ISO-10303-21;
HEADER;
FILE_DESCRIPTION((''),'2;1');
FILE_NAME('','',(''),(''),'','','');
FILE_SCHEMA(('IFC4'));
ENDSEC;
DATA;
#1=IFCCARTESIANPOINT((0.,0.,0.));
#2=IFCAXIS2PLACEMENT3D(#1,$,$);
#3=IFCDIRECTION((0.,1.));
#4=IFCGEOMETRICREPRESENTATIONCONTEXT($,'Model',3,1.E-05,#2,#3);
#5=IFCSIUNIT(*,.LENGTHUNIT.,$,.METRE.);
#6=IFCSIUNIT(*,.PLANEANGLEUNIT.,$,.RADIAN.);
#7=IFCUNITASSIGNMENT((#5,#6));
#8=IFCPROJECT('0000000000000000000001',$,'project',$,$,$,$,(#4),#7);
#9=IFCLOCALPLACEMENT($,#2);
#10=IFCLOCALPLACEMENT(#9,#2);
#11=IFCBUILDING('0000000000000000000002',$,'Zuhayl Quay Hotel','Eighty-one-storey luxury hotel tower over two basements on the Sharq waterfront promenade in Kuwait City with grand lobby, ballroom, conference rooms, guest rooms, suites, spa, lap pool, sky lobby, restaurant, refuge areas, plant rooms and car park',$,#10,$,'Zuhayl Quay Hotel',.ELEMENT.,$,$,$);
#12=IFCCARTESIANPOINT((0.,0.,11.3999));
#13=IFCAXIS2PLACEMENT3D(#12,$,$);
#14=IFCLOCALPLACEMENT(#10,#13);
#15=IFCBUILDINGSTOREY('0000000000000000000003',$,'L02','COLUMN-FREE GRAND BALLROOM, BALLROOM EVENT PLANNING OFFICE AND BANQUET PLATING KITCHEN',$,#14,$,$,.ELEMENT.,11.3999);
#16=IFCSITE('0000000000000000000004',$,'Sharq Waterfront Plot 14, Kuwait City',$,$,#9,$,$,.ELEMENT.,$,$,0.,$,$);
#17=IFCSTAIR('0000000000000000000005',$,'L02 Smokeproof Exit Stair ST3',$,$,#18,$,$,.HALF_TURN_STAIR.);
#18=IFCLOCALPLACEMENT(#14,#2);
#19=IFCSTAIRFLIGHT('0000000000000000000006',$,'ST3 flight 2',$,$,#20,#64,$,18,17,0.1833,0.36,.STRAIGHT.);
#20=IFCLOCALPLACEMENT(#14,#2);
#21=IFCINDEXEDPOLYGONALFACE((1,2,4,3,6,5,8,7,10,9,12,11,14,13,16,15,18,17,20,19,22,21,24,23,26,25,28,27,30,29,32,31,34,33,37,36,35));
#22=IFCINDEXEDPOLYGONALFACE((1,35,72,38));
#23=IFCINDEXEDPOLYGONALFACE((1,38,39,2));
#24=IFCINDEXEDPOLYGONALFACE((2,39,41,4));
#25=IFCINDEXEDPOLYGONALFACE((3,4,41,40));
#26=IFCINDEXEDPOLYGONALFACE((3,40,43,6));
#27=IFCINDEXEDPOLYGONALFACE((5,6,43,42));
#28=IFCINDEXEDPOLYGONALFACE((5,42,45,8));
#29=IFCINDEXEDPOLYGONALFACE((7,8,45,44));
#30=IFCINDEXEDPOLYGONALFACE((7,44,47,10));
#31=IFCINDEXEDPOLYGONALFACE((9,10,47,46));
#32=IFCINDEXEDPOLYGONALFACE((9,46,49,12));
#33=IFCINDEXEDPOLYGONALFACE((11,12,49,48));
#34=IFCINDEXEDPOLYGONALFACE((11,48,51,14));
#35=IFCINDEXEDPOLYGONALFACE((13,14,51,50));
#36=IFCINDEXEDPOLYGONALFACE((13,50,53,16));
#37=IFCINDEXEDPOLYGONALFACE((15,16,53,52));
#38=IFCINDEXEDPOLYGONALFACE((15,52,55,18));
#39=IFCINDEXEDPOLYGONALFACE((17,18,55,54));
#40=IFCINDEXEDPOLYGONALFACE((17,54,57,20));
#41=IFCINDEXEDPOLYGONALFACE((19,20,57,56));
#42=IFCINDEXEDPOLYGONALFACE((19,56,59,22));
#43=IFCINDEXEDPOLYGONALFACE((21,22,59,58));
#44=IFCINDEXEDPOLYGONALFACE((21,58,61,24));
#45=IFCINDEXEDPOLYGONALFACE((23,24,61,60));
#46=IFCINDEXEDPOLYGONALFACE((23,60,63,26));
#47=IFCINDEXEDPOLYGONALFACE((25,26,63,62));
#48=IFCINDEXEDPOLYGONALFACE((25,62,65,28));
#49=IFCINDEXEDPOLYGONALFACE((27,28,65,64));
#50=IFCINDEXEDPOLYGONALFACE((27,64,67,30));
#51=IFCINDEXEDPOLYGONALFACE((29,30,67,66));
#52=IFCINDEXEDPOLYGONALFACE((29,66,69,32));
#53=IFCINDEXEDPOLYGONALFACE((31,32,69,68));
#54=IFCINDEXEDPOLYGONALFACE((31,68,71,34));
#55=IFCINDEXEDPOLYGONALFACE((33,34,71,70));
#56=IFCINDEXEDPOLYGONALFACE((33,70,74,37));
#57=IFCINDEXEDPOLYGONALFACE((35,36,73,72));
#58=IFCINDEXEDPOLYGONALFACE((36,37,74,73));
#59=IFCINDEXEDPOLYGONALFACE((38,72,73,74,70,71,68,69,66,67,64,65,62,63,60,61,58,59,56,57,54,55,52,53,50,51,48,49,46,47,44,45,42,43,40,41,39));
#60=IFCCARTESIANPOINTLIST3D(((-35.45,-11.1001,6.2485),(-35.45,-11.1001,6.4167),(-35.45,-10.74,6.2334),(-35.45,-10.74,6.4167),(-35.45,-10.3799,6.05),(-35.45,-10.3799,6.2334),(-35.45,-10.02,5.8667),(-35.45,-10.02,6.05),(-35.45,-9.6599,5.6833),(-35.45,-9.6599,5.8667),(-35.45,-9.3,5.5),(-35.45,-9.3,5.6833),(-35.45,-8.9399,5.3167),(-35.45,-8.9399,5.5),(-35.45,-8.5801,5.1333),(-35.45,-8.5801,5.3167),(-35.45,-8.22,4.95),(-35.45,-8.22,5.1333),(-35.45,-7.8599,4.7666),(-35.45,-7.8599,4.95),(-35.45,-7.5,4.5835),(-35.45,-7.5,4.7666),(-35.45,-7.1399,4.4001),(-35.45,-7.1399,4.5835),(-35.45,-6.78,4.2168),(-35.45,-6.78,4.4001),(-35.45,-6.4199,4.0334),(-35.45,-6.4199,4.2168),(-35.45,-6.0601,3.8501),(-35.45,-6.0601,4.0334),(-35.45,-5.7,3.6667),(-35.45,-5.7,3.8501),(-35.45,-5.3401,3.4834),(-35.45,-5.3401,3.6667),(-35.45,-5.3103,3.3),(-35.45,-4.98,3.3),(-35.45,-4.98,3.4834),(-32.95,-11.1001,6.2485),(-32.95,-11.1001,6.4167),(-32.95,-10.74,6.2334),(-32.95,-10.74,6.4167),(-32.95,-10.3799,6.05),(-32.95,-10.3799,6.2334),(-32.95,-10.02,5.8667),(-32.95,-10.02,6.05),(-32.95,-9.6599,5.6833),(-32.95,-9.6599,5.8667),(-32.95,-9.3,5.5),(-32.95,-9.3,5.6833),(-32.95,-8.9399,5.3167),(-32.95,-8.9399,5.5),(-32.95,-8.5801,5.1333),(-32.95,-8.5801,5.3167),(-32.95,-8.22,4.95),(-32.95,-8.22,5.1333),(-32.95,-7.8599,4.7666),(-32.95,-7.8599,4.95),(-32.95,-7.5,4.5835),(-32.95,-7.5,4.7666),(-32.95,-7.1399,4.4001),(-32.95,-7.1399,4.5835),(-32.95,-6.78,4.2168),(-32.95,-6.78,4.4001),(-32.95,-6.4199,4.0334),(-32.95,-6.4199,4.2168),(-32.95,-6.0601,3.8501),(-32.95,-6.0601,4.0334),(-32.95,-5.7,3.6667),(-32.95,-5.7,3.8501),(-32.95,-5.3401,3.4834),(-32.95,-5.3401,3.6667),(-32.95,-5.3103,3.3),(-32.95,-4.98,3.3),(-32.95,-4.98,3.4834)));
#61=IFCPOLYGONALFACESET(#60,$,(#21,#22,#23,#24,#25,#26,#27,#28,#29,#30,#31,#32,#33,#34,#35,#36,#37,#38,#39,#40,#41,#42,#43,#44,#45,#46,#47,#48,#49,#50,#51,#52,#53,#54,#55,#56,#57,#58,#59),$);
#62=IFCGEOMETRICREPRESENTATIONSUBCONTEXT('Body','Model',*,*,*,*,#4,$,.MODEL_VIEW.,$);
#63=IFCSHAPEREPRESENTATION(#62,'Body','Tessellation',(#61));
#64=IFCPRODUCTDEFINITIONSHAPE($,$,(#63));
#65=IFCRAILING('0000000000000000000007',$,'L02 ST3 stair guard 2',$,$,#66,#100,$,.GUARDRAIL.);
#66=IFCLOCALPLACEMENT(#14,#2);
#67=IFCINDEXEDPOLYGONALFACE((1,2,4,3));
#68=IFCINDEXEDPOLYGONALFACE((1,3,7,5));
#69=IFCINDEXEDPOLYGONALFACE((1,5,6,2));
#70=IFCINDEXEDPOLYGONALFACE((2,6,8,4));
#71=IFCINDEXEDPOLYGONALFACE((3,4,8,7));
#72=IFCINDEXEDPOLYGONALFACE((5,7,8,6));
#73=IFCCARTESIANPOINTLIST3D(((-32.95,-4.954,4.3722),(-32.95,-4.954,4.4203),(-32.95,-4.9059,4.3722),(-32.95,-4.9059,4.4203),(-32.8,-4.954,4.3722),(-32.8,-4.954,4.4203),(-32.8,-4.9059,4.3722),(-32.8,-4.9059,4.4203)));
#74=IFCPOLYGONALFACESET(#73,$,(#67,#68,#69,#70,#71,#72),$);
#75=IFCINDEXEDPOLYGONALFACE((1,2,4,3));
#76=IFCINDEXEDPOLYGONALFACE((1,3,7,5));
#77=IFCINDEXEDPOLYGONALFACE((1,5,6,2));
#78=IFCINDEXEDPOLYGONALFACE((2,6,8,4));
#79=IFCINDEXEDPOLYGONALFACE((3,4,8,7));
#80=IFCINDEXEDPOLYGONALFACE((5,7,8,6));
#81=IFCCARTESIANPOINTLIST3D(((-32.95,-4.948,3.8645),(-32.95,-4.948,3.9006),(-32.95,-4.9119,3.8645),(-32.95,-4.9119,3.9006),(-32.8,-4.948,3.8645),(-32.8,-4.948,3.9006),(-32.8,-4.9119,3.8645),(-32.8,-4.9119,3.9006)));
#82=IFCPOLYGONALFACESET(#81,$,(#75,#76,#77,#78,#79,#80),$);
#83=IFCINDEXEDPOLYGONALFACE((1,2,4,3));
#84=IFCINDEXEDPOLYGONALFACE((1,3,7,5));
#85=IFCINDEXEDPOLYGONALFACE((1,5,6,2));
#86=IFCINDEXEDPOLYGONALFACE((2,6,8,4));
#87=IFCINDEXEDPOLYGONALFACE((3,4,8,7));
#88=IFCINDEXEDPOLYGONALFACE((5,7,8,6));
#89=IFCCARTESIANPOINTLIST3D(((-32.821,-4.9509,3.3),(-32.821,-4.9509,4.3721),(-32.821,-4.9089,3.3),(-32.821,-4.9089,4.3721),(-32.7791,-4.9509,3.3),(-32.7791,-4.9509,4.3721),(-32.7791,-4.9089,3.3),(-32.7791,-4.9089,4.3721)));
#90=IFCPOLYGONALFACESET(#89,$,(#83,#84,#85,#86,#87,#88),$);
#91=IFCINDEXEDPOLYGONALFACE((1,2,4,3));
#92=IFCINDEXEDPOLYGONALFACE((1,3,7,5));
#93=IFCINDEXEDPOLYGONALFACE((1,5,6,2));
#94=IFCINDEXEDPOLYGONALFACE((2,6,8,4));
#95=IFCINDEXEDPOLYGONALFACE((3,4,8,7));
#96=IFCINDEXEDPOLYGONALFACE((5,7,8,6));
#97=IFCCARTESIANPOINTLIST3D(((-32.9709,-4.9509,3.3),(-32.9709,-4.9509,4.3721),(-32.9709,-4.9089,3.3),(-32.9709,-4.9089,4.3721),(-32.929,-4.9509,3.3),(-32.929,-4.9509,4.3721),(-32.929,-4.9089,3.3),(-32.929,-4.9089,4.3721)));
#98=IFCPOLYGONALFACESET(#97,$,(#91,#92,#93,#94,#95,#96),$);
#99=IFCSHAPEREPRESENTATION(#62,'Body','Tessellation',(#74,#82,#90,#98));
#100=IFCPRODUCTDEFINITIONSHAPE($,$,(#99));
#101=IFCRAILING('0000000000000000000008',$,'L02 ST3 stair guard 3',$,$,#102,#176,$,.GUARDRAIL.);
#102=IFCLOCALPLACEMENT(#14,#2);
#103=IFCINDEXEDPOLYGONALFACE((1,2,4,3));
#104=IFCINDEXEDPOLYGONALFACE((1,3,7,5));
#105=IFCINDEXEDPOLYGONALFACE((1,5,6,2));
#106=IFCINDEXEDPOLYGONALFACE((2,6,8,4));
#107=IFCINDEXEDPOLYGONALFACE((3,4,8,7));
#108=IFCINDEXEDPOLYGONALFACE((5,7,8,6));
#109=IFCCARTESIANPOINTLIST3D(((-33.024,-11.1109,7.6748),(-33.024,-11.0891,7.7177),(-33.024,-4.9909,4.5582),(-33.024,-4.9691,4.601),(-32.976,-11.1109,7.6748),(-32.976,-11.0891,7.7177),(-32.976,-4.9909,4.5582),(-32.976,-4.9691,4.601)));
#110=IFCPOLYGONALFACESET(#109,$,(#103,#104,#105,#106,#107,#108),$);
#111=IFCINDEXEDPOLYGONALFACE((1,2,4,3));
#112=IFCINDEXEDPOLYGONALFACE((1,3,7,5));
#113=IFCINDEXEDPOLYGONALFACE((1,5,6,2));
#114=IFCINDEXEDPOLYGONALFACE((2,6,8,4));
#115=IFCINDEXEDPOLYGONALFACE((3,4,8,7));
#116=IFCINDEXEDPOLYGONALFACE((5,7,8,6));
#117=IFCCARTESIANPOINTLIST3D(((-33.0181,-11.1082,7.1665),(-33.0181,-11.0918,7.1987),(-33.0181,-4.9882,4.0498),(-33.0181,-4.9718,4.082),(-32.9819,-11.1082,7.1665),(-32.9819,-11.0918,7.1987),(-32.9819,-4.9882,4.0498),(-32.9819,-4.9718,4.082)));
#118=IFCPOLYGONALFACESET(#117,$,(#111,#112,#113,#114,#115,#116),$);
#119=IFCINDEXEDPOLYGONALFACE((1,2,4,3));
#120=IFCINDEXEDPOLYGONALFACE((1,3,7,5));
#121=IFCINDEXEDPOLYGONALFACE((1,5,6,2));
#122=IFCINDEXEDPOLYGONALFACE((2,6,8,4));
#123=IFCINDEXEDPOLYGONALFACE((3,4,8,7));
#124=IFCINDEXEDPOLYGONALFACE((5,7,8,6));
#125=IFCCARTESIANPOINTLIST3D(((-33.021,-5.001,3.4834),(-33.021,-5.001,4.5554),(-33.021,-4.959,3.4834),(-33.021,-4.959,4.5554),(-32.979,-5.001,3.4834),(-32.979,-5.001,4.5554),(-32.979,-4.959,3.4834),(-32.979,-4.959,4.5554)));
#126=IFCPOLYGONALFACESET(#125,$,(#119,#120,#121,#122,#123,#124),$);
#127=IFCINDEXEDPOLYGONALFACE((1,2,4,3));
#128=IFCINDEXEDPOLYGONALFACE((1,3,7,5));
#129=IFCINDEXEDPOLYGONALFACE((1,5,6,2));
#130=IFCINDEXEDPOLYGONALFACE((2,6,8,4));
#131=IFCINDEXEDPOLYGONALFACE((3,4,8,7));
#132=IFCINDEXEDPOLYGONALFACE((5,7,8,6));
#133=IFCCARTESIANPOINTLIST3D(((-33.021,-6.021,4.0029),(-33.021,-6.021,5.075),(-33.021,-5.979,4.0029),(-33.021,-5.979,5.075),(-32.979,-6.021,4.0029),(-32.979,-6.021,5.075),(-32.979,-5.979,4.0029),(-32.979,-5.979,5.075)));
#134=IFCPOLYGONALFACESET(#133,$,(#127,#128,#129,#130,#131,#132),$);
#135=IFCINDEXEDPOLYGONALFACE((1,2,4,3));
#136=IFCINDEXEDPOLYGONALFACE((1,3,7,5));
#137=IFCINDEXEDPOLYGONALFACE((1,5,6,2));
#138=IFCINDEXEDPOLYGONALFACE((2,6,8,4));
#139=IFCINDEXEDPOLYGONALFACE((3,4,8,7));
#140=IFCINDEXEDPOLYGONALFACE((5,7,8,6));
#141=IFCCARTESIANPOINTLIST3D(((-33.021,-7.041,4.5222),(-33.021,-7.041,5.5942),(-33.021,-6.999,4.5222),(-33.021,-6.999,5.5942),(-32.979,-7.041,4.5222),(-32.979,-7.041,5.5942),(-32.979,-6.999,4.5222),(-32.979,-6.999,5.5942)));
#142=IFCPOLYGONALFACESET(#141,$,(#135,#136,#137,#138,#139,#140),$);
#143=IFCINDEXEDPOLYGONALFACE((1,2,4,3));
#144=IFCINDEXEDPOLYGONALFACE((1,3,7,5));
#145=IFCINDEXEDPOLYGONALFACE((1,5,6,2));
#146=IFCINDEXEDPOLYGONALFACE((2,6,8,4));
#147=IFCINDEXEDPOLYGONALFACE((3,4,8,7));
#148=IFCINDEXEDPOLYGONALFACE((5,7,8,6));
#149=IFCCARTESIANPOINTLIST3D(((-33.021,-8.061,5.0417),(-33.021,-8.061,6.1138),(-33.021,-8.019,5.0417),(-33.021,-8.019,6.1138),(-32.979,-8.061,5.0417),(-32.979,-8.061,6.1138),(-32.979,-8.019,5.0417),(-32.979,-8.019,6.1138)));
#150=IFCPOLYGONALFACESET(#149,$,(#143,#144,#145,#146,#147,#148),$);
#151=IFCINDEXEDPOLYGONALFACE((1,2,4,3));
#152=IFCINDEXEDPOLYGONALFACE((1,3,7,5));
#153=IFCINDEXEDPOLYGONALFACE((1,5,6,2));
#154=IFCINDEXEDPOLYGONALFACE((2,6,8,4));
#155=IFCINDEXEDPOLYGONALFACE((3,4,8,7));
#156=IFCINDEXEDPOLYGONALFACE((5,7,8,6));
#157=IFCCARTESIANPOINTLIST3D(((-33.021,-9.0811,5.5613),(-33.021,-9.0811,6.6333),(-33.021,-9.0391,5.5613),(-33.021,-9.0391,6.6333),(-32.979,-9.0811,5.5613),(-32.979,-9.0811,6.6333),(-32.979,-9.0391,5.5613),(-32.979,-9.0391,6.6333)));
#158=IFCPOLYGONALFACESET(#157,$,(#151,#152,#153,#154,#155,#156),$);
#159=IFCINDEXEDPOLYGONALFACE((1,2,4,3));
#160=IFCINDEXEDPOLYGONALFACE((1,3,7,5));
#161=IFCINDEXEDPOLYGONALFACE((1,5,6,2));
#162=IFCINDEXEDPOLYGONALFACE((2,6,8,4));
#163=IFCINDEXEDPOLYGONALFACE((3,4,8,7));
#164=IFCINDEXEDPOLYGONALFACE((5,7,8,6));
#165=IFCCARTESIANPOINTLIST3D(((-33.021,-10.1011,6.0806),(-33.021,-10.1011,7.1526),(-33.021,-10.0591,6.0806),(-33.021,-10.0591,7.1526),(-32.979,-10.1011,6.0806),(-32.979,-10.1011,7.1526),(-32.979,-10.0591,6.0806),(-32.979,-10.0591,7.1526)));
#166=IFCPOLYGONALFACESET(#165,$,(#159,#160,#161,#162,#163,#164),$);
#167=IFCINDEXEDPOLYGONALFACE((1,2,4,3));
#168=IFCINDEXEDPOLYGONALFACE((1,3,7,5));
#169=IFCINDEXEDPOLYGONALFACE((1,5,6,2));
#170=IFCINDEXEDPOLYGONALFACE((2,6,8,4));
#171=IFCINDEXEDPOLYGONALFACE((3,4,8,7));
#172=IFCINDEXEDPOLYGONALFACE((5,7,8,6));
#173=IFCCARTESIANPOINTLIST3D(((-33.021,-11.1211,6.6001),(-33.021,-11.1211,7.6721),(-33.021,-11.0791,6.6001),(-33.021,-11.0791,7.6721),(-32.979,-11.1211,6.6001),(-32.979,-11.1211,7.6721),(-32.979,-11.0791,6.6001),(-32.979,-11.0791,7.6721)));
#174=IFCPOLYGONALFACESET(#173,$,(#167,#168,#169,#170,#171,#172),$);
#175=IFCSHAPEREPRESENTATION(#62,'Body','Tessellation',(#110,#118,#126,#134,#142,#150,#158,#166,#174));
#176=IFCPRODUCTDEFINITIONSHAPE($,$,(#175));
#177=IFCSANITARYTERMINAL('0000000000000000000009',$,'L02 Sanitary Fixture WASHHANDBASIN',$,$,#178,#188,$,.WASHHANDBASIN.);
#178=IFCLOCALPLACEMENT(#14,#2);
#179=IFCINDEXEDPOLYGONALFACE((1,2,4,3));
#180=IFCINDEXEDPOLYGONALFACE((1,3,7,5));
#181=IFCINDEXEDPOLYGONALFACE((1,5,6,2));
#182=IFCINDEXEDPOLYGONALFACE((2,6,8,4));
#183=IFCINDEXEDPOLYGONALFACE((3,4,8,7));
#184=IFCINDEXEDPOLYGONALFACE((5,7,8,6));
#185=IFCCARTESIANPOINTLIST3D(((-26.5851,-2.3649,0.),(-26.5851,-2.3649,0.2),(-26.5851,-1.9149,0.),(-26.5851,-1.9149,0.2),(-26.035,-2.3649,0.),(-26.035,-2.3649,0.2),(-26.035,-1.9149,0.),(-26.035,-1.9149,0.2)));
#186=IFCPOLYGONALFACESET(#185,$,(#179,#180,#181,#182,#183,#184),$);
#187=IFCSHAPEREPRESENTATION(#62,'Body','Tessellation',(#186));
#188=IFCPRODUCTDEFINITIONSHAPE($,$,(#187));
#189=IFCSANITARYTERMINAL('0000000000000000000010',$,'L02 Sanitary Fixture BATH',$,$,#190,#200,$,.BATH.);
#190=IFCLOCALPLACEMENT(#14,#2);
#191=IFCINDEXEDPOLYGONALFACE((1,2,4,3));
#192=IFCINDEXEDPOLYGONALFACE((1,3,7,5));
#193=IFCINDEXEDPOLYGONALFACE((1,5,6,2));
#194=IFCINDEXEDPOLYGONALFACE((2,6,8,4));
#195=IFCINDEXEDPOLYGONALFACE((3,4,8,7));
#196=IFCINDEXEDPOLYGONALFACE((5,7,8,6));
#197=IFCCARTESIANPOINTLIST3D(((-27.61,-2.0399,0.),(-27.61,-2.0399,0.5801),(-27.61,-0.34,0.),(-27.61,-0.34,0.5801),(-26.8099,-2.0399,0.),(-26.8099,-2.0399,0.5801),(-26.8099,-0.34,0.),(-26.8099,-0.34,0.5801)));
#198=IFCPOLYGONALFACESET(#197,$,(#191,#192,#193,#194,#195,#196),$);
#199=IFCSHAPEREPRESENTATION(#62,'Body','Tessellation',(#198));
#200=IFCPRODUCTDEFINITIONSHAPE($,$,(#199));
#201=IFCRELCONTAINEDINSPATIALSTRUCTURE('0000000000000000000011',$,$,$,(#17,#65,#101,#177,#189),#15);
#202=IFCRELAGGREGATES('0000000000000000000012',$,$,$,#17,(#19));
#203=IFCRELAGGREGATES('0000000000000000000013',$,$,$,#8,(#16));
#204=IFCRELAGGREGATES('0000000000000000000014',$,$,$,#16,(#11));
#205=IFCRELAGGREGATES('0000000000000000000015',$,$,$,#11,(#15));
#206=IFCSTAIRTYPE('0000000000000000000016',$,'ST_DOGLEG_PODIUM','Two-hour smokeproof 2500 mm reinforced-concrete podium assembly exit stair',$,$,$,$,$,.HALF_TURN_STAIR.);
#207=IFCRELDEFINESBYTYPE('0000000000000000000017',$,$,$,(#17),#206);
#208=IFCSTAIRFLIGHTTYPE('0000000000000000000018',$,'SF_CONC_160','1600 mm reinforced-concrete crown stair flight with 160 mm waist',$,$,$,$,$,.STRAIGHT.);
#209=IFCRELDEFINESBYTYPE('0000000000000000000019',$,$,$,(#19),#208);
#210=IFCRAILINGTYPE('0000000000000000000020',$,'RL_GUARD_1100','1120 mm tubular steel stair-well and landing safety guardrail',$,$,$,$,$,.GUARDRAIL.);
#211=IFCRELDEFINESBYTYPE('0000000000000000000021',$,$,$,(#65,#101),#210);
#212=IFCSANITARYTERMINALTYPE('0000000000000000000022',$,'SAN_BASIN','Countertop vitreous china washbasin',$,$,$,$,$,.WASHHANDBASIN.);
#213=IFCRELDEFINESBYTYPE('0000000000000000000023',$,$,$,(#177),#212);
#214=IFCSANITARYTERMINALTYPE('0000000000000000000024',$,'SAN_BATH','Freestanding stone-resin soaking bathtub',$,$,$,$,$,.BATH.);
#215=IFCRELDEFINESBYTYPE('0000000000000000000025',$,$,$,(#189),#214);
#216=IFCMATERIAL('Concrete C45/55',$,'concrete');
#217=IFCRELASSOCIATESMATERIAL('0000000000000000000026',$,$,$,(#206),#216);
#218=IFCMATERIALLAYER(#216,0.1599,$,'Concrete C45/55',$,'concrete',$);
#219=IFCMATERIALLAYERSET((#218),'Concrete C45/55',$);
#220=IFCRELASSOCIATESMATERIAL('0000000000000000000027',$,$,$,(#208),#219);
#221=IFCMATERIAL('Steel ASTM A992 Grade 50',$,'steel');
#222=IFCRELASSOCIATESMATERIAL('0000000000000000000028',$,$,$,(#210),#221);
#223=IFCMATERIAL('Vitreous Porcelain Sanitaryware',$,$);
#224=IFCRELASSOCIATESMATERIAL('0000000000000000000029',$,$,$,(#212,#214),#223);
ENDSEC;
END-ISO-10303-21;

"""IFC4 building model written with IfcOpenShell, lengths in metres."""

from ifc_helpers import new_model, si_unit, direction, frame, origin, origin_2d, place, context, subcontext, project, spatial, polyline, rectangle, outline, extrude, material, layer, layer_set, type_object, element, aggregate, save


model = new_model("IFC4")

# Units and contexts
model_context = context("Model", 3, precision=1e-05, world=origin(), true_north=direction((0.0, 1.0)))
body_context = subcontext(model_context, "Body", "Model", "MODEL_VIEW")
ifc_project = project(units=[si_unit("LENGTHUNIT", "METRE"), si_unit("PLANEANGLEUNIT", "RADIAN")], contexts=[model_context])

# Site, building, storey
site_placement = place(None, origin())
site = spatial("IfcSite", under=ifc_project, at=site_placement, Name="Sharq Waterfront Plot 14, Kuwait City", CompositionType="ELEMENT", RefElevation=0.0)
building_placement = place(site_placement, origin())
building = spatial("IfcBuilding", under=site, at=building_placement, Name="Zuhayl Quay Hotel", Description="Eighty-one-storey luxury hotel tower over two basements on the Sharq waterfront promenade in Kuwait City with grand lobby, ballroom, conference rooms, guest rooms, suites, spa, lap pool, sky lobby, restaurant, refuge areas, plant rooms and car park", LongName="Zuhayl Quay Hotel", CompositionType="ELEMENT")
storey_placement = place(building_placement, frame((0.0, 0.0, 11.3999)))
storey = spatial("IfcBuildingStorey", under=building, at=storey_placement, Name="L02", Description="COLUMN-FREE GRAND BALLROOM, BALLROOM EVENT PLANNING OFFICE AND BANQUET PLATING KITCHEN", CompositionType="ELEMENT", Elevation=11.3999)

# Shared definitions
ifc_material_1 = material(Name="Steel ASTM A992 Grade 50", Category="steel")

# Stair, stair flight
ifc_material_2 = material(Name="Concrete C45/55", Category="concrete")
stair_type = type_object("IfcStairType", Name="ST_DOGLEG_PODIUM", Description="Two-hour smokeproof 2500 mm reinforced-concrete podium assembly exit stair", PredefinedType="HALF_TURN_STAIR", material=ifc_material_2)
stair_placement = place(storey_placement, origin())
stair = element("IfcStair", 1, at=stair_placement, inside=storey, type_object=stair_type, Name="L02 Smokeproof Exit Stair ST3", PredefinedType="HALF_TURN_STAIR")
ifc_layer_1 = layer(ifc_material_2, 0.1599, Name="Concrete C45/55", Category="concrete")
ifc_layer_set_1 = layer_set([ifc_layer_1], Name="Concrete C45/55")
stair_flight_type = type_object("IfcStairFlightType", Name="SF_CONC_160", Description="1600 mm reinforced-concrete crown stair flight with 160 mm waist", PredefinedType="STRAIGHT", material=ifc_layer_set_1)
stair_flight_placement = place(storey_placement, frame((-34.2, -4.98, 3.3), z_axis=(0.0, 0.0, 1.0), x_axis=(0.0, -1.0, 0.0)))
stair_flight = element("IfcStairFlight", 2, at=stair_flight_placement, type_object=stair_flight_type, Name="ST3 flight 2", NumberOfRisers=18, NumberOfTreads=17, PredefinedType="STRAIGHT", RiserHeight=0.1833, TreadLength=0.36, context=body_context, shape_type="SweptSolid", body=[
    extrude(outline(polyline([(0.0, 0.0), (0.0, 0.1833), (0.3601, 0.1833), (0.3601, 0.3667), (0.72, 0.3667), (0.72, 0.55), (1.0801, 0.55), (1.0801, 0.7334), (1.4399, 0.7334), (1.4399, 0.9167), (1.8, 0.9167), (1.8, 1.1001), (2.1599, 1.1001), (2.1599, 1.2834), (2.52, 1.2834), (2.52, 1.4666), (2.8799, 1.4666), (2.8799, 1.6499), (3.24, 1.6499), (3.24, 1.8333), (3.6001, 1.8333), (3.6001, 2.0166), (3.96, 2.0166), (3.96, 2.2), (4.3201, 2.2), (4.3201, 2.3833), (4.6799, 2.3833), (4.6799, 2.5667), (5.04, 2.5667), (5.04, 2.75), (5.3999, 2.75), (5.3999, 2.9333), (5.76, 2.9333), (5.76, 3.1167), (6.1201, 3.1167), (6.1201, 3.3), (6.1201, 2.9485), (0.3303, 0.0), (0.0, 0.0)])), frame((0.0, 1.25, 0.0), z_axis=(0.0, -1.0, 0.0), x_axis=(1.0, 0.0, 0.0)), (0.0, 0.0, 1.0), 2.5),
])
aggregate(stair, [stair_flight])

# Railings
railing_type = type_object("IfcRailingType", Name="RL_GUARD_1100", Description="1120 mm tubular steel stair-well and landing safety guardrail", PredefinedType="GUARDRAIL", material=ifc_material_1)
railing_1_placement = place(storey_placement, frame((-32.8, -4.9299, 3.3)))
element("IfcRailing", 3, at=railing_1_placement, inside=storey, type_object=railing_type, Name="L02 ST3 stair guard 2", PredefinedType="GUARDRAIL", context=body_context, shape_type="SweptSolid", body=[
    extrude(rectangle(XDim=0.0481, YDim=0.0481, at=origin_2d()), frame((0.0, 0.0, 1.0962), z_axis=(-1.0, 0.0, 0.0), x_axis=(0.0, -1.0, 0.0)), (0.0, 0.0, 1.0), 0.1499),
    extrude(rectangle(XDim=0.0361, YDim=0.0361, at=origin_2d()), frame((0.0, 0.0, 0.5825), z_axis=(-1.0, 0.0, 0.0), x_axis=(0.0, -1.0, 0.0)), (0.0, 0.0, 1.0), 0.1499),
    extrude(rectangle(XDim=0.042, YDim=0.042, at=origin_2d()), origin(), (0.0, 0.0, 1.0), 1.072),
    extrude(rectangle(XDim=0.042, YDim=0.042, at=origin_2d()), frame((-0.1499, 0.0, 0.0)), (0.0, 0.0, 1.0), 1.072),
])
railing_2_placement = place(storey_placement, frame((-33.0, -4.98, 3.4834)))
element("IfcRailing", 4, at=railing_2_placement, inside=storey, type_object=railing_type, Name="L02 ST3 stair guard 3", PredefinedType="GUARDRAIL", context=body_context, shape_type="SweptSolid", body=[
    extrude(rectangle(XDim=0.0481, YDim=0.0481, at=origin_2d()), frame((0.0, 0.0, 1.0962), z_axis=(0.0, -0.891104, 0.453799), x_axis=(1.0, 0.0, 0.0)), (0.0, 0.0, 1.0), 6.8679),
    extrude(rectangle(XDim=0.0361, YDim=0.0361, at=origin_2d()), frame((0.0, 0.0, 0.5825), z_axis=(0.0, -0.891104, 0.453799), x_axis=(1.0, 0.0, 0.0)), (0.0, 0.0, 1.0), 6.8679),
    extrude(rectangle(XDim=0.042, YDim=0.042, at=origin_2d()), origin(), (0.0, 0.0, 1.0), 1.072),
    extrude(rectangle(XDim=0.042, YDim=0.042, at=origin_2d()), frame((0.0, -1.02, 0.5195)), (0.0, 0.0, 1.0), 1.072),
    extrude(rectangle(XDim=0.042, YDim=0.042, at=origin_2d()), frame((0.0, -2.04, 1.0388)), (0.0, 0.0, 1.0), 1.072),
    extrude(rectangle(XDim=0.042, YDim=0.042, at=origin_2d()), frame((0.0, -3.0601, 1.5583)), (0.0, 0.0, 1.0), 1.072),
    extrude(rectangle(XDim=0.042, YDim=0.042, at=origin_2d()), frame((0.0, -4.0801, 2.0779)), (0.0, 0.0, 1.0), 1.072),
    extrude(rectangle(XDim=0.042, YDim=0.042, at=origin_2d()), frame((0.0, -5.1001, 2.5972)), (0.0, 0.0, 1.0), 1.072),
    extrude(rectangle(XDim=0.042, YDim=0.042, at=origin_2d()), frame((0.0, -6.1201, 3.1167)), (0.0, 0.0, 1.0), 1.072),
])

# Sanitary terminals
ifc_material_3 = material(Name="Vitreous Porcelain Sanitaryware")
sanitary_terminal_type_1 = type_object("IfcSanitaryTerminalType", Name="SAN_BASIN", Description="Countertop vitreous china washbasin", PredefinedType="WASHHANDBASIN", material=ifc_material_3)
sanitary_terminal_1_placement = place(storey_placement, frame((-26.3101, -2.1399, 0.0), z_axis=(0.0, 0.0, 1.0), x_axis=(1.0, 0.0, 0.0)))
element("IfcSanitaryTerminal", 5, at=sanitary_terminal_1_placement, inside=storey, type_object=sanitary_terminal_type_1, Name="L02 Sanitary Fixture WASHHANDBASIN", PredefinedType="WASHHANDBASIN", context=body_context, shape_type="SweptSolid", body=[
    extrude(rectangle(XDim=0.55, YDim=0.45, at=origin_2d()), origin(), (0.0, 0.0, 1.0), 0.2),
])
sanitary_terminal_type_2 = type_object("IfcSanitaryTerminalType", Name="SAN_BATH", Description="Freestanding stone-resin soaking bathtub", PredefinedType="BATH", material=ifc_material_3)
sanitary_terminal_2_placement = place(storey_placement, frame((-27.21, -1.1899, 0.0), z_axis=(0.0, 0.0, 1.0), x_axis=(1.0, 0.0, 0.0)))
element("IfcSanitaryTerminal", 6, at=sanitary_terminal_2_placement, inside=storey, type_object=sanitary_terminal_type_2, Name="L02 Sanitary Fixture BATH", PredefinedType="BATH", context=body_context, shape_type="SweptSolid", body=[
    extrude(rectangle(XDim=0.8, YDim=1.7, at=origin_2d()), origin(), (0.0, 0.0, 1.0), 0.5801),
])

save(model, "model.ifc")
